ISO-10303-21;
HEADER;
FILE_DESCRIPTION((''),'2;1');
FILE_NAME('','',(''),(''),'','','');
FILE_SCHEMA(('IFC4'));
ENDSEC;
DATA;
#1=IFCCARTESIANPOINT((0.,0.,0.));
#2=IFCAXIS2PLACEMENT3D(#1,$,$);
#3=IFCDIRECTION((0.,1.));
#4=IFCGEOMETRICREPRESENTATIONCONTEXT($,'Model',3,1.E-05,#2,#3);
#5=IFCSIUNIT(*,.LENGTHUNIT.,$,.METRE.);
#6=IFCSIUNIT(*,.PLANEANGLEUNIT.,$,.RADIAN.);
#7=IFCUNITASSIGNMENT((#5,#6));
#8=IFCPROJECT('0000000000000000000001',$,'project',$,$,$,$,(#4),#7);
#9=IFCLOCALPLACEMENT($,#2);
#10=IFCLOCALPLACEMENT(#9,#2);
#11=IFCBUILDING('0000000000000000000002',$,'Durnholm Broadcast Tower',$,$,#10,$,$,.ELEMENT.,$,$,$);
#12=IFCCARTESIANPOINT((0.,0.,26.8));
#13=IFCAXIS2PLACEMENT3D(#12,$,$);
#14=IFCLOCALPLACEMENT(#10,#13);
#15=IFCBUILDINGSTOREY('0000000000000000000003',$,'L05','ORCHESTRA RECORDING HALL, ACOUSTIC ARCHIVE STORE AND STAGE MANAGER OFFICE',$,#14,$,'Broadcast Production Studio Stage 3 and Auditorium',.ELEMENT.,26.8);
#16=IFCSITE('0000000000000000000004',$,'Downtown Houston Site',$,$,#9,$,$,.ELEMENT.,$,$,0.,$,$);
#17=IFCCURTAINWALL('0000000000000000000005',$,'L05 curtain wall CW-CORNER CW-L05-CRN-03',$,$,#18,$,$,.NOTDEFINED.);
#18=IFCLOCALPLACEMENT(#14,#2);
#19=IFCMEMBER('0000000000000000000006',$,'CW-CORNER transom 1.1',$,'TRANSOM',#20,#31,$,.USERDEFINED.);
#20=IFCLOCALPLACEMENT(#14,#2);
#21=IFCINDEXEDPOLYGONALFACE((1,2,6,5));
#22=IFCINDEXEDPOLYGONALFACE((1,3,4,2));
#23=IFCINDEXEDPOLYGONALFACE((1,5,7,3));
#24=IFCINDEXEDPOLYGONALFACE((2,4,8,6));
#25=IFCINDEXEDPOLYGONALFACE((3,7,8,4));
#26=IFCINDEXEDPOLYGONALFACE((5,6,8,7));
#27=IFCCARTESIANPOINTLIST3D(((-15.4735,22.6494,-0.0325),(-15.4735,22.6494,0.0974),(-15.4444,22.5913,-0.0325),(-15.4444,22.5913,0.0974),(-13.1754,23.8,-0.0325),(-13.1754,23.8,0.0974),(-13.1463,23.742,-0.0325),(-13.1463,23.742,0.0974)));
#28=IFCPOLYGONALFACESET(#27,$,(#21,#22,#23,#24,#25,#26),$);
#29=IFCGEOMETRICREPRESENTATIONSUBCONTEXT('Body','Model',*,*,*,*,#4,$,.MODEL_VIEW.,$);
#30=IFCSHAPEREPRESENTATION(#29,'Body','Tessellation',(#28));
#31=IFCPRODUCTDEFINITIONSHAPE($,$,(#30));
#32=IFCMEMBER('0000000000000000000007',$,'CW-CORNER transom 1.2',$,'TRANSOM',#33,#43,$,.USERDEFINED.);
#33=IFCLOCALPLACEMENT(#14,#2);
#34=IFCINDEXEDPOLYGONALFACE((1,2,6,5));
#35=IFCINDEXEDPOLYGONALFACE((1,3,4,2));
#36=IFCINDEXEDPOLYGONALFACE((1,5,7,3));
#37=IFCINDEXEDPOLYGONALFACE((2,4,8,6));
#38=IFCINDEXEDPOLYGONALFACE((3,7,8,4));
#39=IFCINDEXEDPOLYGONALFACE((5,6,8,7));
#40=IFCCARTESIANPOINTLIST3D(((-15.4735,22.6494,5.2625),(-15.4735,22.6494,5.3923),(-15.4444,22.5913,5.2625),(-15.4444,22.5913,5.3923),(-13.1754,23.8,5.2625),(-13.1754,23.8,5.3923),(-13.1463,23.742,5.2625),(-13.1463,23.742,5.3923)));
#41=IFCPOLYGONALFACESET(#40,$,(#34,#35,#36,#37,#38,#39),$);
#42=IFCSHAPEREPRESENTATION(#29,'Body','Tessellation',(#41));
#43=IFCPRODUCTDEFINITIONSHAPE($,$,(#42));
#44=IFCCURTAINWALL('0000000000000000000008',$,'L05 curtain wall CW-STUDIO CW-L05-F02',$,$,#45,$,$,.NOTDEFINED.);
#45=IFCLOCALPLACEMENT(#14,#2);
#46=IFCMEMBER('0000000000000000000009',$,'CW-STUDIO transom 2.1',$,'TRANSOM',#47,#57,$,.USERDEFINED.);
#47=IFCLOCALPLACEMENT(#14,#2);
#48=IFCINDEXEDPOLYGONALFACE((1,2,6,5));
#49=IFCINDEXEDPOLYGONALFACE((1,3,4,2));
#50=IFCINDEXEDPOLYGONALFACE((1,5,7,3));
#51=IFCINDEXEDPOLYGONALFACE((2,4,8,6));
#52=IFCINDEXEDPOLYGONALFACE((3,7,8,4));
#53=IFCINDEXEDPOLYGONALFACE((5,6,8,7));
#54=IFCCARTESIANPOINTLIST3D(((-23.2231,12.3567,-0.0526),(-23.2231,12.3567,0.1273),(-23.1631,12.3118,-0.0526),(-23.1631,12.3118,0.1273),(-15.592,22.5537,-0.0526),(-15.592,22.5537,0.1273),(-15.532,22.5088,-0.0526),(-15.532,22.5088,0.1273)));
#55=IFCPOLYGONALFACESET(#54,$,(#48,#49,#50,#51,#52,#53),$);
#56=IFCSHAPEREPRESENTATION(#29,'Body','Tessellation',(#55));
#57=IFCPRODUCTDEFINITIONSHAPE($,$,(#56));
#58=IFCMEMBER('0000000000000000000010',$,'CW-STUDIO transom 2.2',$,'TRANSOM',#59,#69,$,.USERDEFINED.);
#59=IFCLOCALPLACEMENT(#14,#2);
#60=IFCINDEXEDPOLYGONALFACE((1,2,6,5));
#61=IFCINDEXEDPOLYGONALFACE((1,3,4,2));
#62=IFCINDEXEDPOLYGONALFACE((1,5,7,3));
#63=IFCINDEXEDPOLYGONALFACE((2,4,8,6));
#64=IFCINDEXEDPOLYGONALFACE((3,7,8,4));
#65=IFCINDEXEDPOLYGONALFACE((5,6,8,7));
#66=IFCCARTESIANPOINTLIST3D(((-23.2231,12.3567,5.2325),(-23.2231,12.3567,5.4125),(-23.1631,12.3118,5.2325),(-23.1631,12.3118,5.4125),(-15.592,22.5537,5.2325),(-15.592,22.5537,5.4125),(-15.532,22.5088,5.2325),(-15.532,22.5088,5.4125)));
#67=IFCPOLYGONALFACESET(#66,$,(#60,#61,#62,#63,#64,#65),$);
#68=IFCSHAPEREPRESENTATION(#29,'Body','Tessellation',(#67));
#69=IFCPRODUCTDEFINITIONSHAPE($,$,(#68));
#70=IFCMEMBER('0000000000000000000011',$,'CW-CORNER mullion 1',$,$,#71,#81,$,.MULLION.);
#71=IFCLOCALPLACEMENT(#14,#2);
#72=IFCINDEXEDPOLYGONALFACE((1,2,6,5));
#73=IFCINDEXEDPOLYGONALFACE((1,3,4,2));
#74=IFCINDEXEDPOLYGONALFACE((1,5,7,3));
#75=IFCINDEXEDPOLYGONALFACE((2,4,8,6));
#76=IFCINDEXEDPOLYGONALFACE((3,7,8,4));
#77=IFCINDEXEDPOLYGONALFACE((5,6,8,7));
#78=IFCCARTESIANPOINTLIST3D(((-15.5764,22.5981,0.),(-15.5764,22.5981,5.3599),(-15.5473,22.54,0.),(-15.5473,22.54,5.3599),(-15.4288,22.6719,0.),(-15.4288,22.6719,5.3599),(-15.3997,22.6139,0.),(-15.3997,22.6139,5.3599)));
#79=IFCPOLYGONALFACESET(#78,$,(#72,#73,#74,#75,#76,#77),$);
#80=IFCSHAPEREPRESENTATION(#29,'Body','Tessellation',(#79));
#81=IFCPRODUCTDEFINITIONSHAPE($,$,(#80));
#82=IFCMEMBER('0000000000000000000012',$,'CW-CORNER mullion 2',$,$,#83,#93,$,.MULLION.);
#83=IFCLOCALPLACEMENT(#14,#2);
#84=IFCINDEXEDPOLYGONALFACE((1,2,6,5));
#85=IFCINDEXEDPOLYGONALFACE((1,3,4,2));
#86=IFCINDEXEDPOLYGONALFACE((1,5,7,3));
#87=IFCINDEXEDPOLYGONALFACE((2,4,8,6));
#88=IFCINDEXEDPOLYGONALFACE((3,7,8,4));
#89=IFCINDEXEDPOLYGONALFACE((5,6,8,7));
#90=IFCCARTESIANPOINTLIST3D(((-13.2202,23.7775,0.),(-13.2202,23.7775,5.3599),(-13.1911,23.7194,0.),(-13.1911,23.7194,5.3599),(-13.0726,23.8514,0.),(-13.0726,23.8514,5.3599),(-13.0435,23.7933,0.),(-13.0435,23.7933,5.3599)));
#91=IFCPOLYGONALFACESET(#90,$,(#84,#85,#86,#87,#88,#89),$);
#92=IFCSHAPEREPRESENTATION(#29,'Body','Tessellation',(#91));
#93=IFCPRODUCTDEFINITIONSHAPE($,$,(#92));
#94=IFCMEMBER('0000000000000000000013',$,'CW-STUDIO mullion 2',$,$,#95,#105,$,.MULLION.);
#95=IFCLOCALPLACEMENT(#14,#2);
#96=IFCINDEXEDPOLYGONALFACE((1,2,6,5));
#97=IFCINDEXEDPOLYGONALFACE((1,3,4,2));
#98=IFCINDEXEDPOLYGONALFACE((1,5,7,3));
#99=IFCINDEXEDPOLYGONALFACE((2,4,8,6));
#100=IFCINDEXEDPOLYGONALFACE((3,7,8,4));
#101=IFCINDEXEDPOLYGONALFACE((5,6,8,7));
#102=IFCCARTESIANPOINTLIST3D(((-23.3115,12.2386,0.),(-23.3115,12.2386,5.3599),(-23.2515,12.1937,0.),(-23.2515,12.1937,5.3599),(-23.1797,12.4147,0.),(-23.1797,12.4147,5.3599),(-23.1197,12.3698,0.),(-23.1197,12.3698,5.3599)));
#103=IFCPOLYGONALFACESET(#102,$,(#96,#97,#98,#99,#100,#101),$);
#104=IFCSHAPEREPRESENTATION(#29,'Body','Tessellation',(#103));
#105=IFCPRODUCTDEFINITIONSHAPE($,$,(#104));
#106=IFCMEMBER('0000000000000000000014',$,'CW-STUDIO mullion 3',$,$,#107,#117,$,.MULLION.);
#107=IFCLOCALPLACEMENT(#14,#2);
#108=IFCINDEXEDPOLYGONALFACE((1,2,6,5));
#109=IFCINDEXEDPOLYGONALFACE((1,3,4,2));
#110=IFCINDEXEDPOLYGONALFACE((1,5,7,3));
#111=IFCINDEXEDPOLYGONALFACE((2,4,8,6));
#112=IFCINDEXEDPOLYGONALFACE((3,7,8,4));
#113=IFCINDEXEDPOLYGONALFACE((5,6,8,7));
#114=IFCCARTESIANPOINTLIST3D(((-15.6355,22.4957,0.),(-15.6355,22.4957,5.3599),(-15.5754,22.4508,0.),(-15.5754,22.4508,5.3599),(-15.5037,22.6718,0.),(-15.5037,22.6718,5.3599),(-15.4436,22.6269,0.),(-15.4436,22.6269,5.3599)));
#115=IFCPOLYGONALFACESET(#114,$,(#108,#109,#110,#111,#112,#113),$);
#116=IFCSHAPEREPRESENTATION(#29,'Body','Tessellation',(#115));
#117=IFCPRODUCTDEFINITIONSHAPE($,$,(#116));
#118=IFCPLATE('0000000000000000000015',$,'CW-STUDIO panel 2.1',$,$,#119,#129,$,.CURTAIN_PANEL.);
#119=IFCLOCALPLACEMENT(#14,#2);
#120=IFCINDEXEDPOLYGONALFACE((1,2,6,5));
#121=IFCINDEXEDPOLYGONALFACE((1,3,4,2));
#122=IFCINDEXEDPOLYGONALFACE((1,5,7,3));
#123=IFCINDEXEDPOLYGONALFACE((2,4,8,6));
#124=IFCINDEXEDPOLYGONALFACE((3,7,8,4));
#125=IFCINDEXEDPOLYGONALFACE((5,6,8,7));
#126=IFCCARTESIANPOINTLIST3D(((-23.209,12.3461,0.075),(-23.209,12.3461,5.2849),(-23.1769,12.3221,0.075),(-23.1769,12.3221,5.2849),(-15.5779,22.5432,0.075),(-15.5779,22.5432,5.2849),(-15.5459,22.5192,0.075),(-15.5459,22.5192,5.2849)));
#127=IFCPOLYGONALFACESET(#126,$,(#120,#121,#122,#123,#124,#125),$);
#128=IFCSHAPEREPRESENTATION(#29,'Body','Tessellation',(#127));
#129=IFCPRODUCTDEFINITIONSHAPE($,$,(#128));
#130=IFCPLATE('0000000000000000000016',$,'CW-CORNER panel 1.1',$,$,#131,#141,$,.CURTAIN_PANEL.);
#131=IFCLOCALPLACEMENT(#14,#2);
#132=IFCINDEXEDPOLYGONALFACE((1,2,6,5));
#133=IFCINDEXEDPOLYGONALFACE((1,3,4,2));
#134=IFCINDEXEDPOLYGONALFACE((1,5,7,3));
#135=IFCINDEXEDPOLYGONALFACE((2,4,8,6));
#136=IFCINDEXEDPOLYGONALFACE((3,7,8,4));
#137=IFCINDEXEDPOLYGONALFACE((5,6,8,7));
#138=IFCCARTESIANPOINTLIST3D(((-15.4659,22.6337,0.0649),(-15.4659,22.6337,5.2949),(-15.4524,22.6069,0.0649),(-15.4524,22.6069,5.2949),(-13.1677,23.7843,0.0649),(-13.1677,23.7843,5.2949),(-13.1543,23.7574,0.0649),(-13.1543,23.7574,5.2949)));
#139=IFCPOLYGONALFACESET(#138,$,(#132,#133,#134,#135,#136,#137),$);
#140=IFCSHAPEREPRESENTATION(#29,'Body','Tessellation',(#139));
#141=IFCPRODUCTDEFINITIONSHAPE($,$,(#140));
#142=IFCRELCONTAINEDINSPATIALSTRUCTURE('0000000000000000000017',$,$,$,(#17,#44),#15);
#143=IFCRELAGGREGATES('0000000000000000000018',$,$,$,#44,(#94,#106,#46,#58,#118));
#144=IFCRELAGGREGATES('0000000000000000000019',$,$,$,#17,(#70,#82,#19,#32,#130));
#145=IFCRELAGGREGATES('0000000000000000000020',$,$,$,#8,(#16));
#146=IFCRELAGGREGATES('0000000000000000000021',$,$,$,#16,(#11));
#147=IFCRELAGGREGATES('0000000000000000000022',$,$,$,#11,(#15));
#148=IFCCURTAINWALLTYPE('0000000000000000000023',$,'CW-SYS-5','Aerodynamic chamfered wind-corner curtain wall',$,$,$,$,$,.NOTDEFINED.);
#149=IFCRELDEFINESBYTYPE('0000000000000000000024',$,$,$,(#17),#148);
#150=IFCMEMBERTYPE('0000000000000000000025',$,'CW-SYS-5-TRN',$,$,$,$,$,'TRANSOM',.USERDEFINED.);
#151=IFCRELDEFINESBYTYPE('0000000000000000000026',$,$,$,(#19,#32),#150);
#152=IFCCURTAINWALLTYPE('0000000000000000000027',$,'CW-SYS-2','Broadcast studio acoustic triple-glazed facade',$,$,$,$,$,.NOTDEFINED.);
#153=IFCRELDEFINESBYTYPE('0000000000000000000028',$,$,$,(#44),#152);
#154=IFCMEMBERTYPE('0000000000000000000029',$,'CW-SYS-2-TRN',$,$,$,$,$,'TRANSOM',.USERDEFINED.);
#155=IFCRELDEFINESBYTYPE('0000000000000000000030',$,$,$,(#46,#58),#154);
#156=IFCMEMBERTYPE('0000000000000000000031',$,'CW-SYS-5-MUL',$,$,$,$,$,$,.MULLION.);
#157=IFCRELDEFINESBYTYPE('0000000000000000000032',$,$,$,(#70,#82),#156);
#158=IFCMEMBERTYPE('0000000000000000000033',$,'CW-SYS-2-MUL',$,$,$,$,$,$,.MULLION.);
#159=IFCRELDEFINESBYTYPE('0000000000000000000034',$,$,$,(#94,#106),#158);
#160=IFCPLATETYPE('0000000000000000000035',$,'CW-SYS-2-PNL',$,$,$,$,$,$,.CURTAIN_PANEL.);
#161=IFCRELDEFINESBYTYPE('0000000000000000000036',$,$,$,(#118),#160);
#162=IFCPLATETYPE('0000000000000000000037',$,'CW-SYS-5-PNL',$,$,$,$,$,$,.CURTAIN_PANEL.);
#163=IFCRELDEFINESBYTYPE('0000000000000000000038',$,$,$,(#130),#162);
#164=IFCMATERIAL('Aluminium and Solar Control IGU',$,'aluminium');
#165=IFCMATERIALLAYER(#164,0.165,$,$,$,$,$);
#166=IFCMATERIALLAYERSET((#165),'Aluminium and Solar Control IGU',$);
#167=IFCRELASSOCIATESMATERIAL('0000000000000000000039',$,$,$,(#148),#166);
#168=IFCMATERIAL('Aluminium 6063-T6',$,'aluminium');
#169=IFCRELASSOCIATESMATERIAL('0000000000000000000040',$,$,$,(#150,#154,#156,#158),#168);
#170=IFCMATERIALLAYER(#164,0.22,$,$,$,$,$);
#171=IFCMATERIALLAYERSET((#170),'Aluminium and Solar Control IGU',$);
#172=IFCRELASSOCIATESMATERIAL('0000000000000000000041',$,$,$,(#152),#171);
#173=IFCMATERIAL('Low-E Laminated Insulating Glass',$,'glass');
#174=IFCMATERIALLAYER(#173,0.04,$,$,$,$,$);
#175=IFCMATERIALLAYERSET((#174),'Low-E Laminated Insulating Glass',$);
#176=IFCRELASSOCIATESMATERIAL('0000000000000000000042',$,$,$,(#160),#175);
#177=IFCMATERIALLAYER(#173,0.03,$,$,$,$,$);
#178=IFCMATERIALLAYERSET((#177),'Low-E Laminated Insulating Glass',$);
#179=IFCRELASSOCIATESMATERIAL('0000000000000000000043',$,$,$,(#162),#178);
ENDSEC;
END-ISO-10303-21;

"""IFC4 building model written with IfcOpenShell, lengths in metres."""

from ifc_helpers import new_model, si_unit, direction, frame, origin, origin_2d, place, context, subcontext, project, spatial, rectangle, extrude, source, transform, mapped, material, layer, layer_set, material_profile, profile_set, type_object, type_shapes, element, aggregate, save


model = new_model("IFC4")

# Units and contexts
model_context = context("Model", 3, precision=1e-05, world=origin(), true_north=direction((0.0, 1.0)))
body_context = subcontext(model_context, "Body", "Model", "MODEL_VIEW")
ifc_project = project(units=[si_unit("LENGTHUNIT", "METRE"), si_unit("PLANEANGLEUNIT", "RADIAN")], contexts=[model_context])

# Site, building, storey
site_placement = place(None, origin())
site = spatial("IfcSite", under=ifc_project, at=site_placement, Name="Downtown Houston Site", CompositionType="ELEMENT", RefElevation=0.0)
building_placement = place(site_placement, origin())
building = spatial("IfcBuilding", under=site, at=building_placement, Name="Durnholm Broadcast Tower", CompositionType="ELEMENT")
storey_placement = place(building_placement, frame((0.0, 0.0, 26.8)))
storey = spatial("IfcBuildingStorey", under=building, at=storey_placement, Name="L05", Description="ORCHESTRA RECORDING HALL, ACOUSTIC ARCHIVE STORE AND STAGE MANAGER OFFICE", LongName="Broadcast Production Studio Stage 3 and Auditorium", CompositionType="ELEMENT", Elevation=26.8)

# Curtain walls, members
ifc_material_1 = material(Name="Aluminium and Solar Control IGU", Category="aluminium")
ifc_layer_1 = layer(ifc_material_1, 0.165)
ifc_layer_set_1 = layer_set([ifc_layer_1], Name="Aluminium and Solar Control IGU")
curtain_wall_type_1 = type_object("IfcCurtainWallType", Name="CW-SYS-5", Description="Aerodynamic chamfered wind-corner curtain wall", PredefinedType="NOTDEFINED", material=ifc_layer_set_1)
curtain_wall_1_placement = place(storey_placement, origin())
curtain_wall_1 = element("IfcCurtainWall", 1, at=curtain_wall_1_placement, inside=storey, type_object=curtain_wall_type_1, Name="L05 curtain wall CW-CORNER CW-L05-CRN-03", PredefinedType="NOTDEFINED")
ifc_material_2 = material(Name="Aluminium 6063-T6", Category="aluminium")
ifc_material_profile_1 = material_profile(ifc_material_2, rectangle(XDim=0.0649, YDim=0.1299, at=origin_2d()), Name="CWT65X130")
ifc_profile_set_1 = profile_set([ifc_material_profile_1], Name="Aluminium 6063-T6")
member_type_1 = type_object("IfcMemberType", Name="CW-SYS-5-TRN", ElementType="TRANSOM", PredefinedType="USERDEFINED", material=ifc_profile_set_1)
shared_shape_1 = source(origin(), body_context, "Body", "SweptSolid", [
    extrude(rectangle(XDim=0.0649, YDim=0.1299, at=origin_2d()), origin(), (0.0, 0.0, 1.0), 2.5701),
])
type_shapes(member_type_1, [shared_shape_1])
member_1_placement = place(storey_placement, frame((-15.459, 22.6204, 0.0325), z_axis=(0.89418, 0.447707, 0.0), x_axis=(-0.447707, 0.89418, 0.0)))
member_1 = element("IfcMember", 2, at=member_1_placement, type_object=member_type_1, Name="CW-CORNER transom 1.1", ObjectType="TRANSOM", PredefinedType="USERDEFINED", context=body_context, shape_type="MappedRepresentation", body=[
    mapped(shared_shape_1, transform((0.0, 0.0, 0.0), x_axis=(1.0, 0.0, 0.0), y_axis=(0.0, 1.0, 0.0), z_axis=(0.0, 0.0, 1.0), scale=1.0)),
])
member_2_placement = place(storey_placement, frame((-15.459, 22.6204, 5.3274), z_axis=(0.89418, 0.447707, 0.0), x_axis=(-0.447707, 0.89418, 0.0)))
member_2 = element("IfcMember", 3, at=member_2_placement, type_object=member_type_1, Name="CW-CORNER transom 1.2", ObjectType="TRANSOM", PredefinedType="USERDEFINED", context=body_context, shape_type="MappedRepresentation", body=[
    mapped(shared_shape_1, transform((0.0, 0.0, 0.0), x_axis=(1.0, 0.0, 0.0), y_axis=(0.0, 1.0, 0.0), z_axis=(0.0, 0.0, 1.0), scale=1.0)),
])
ifc_layer_2 = layer(ifc_material_1, 0.22)
ifc_layer_set_2 = layer_set([ifc_layer_2], Name="Aluminium and Solar Control IGU")
curtain_wall_type_2 = type_object("IfcCurtainWallType", Name="CW-SYS-2", Description="Broadcast studio acoustic triple-glazed facade", PredefinedType="NOTDEFINED", material=ifc_layer_set_2)
curtain_wall_2_placement = place(storey_placement, origin())
curtain_wall_2 = element("IfcCurtainWall", 4, at=curtain_wall_2_placement, inside=storey, type_object=curtain_wall_type_2, Name="L05 curtain wall CW-STUDIO CW-L05-F02", PredefinedType="NOTDEFINED")
ifc_material_profile_2 = material_profile(ifc_material_2, rectangle(XDim=0.075, YDim=0.1799, at=origin_2d()), Name="CWT75X180")
ifc_profile_set_2 = profile_set([ifc_material_profile_2], Name="Aluminium 6063-T6")
member_type_2 = type_object("IfcMemberType", Name="CW-SYS-2-TRN", ElementType="TRANSOM", PredefinedType="USERDEFINED", material=ifc_profile_set_2)
shared_shape_2 = source(origin(), body_context, "Body", "SweptSolid", [
    extrude(rectangle(XDim=0.075, YDim=0.1799, at=origin_2d()), origin(), (0.0, 0.0, 1.0), 12.7363),
])
type_shapes(member_type_2, [shared_shape_2])
member_3_placement = place(storey_placement, frame((-23.1931, 12.3342, 0.0374), z_axis=(0.599162, 0.800628, 0.0), x_axis=(-0.800628, 0.599162, 0.0)))
member_3 = element("IfcMember", 5, at=member_3_placement, type_object=member_type_2, Name="CW-STUDIO transom 2.1", ObjectType="TRANSOM", PredefinedType="USERDEFINED", context=body_context, shape_type="MappedRepresentation", body=[
    mapped(shared_shape_2, transform((0.0, 0.0, 0.0), x_axis=(1.0, 0.0, 0.0), y_axis=(0.0, 1.0, 0.0), z_axis=(0.0, 0.0, 1.0), scale=1.0)),
])
member_4_placement = place(storey_placement, frame((-23.1931, 12.3342, 5.3225), z_axis=(0.599162, 0.800628, 0.0), x_axis=(-0.800628, 0.599162, 0.0)))
member_4 = element("IfcMember", 6, at=member_4_placement, type_object=member_type_2, Name="CW-STUDIO transom 2.2", ObjectType="TRANSOM", PredefinedType="USERDEFINED", context=body_context, shape_type="MappedRepresentation", body=[
    mapped(shared_shape_2, transform((0.0, 0.0, 0.0), x_axis=(1.0, 0.0, 0.0), y_axis=(0.0, 1.0, 0.0), z_axis=(0.0, 0.0, 1.0), scale=1.0)),
])

# Members
ifc_material_profile_3 = material_profile(ifc_material_2, rectangle(XDim=0.0649, YDim=0.165, at=origin_2d()), Name="CWM65X165")
ifc_profile_set_3 = profile_set([ifc_material_profile_3], Name="Aluminium 6063-T6")
member_type_3 = type_object("IfcMemberType", Name="CW-SYS-5-MUL", PredefinedType="MULLION", material=ifc_profile_set_3)
shared_shape_3 = source(origin(), body_context, "Body", "SweptSolid", [
    extrude(rectangle(XDim=0.0649, YDim=0.165, at=origin_2d()), origin(), (0.0, 0.0, 1.0), 5.3599),
])
type_shapes(member_type_3, [shared_shape_3])
member_5_placement = place(storey_placement, frame((-15.488, 22.606, 0.0), z_axis=(0.0, 0.0, 1.0), x_axis=(-0.447673, 0.894197, 0.0)))
member_5 = element("IfcMember", 7, at=member_5_placement, type_object=member_type_3, Name="CW-CORNER mullion 1", PredefinedType="MULLION", context=body_context, shape_type="MappedRepresentation", body=[
    mapped(shared_shape_3, transform((0.0, 0.0, 0.0), x_axis=(1.0, 0.0, 0.0), y_axis=(0.0, 1.0, 0.0), z_axis=(0.0, 0.0, 1.0), scale=1.0)),
])
member_6_placement = place(storey_placement, frame((-13.1318, 23.7854, 0.0), z_axis=(0.0, 0.0, 1.0), x_axis=(-0.447673, 0.894197, 0.0)))
member_6 = element("IfcMember", 8, at=member_6_placement, type_object=member_type_3, Name="CW-CORNER mullion 2", PredefinedType="MULLION", context=body_context, shape_type="MappedRepresentation", body=[
    mapped(shared_shape_3, transform((0.0, 0.0, 0.0), x_axis=(1.0, 0.0, 0.0), y_axis=(0.0, 1.0, 0.0), z_axis=(0.0, 0.0, 1.0), scale=1.0)),
])
ifc_material_profile_4 = material_profile(ifc_material_2, rectangle(XDim=0.075, YDim=0.22, at=origin_2d()), Name="CWM75X220")
ifc_profile_set_4 = profile_set([ifc_material_profile_4], Name="Aluminium 6063-T6")
member_type_4 = type_object("IfcMemberType", Name="CW-SYS-2-MUL", PredefinedType="MULLION", material=ifc_profile_set_4)
shared_shape_4 = source(origin(), body_context, "Body", "SweptSolid", [
    extrude(rectangle(XDim=0.075, YDim=0.22, at=origin_2d()), origin(), (0.0, 0.0, 1.0), 5.3599),
])
type_shapes(member_type_4, [shared_shape_4])
member_7_placement = place(storey_placement, frame((-23.2156, 12.3042, 0.0), z_axis=(0.0, 0.0, 1.0), x_axis=(-0.800632, 0.599157, 0.0)))
member_7 = element("IfcMember", 9, at=member_7_placement, type_object=member_type_4, Name="CW-STUDIO mullion 2", PredefinedType="MULLION", context=body_context, shape_type="MappedRepresentation", body=[
    mapped(shared_shape_4, transform((0.0, 0.0, 0.0), x_axis=(1.0, 0.0, 0.0), y_axis=(0.0, 1.0, 0.0), z_axis=(0.0, 0.0, 1.0), scale=1.0)),
])
member_8_placement = place(storey_placement, frame((-15.5396, 22.5613, 0.0), z_axis=(0.0, 0.0, 1.0), x_axis=(-0.800632, 0.599157, 0.0)))
member_8 = element("IfcMember", 10, at=member_8_placement, type_object=member_type_4, Name="CW-STUDIO mullion 3", PredefinedType="MULLION", context=body_context, shape_type="MappedRepresentation", body=[
    mapped(shared_shape_4, transform((0.0, 0.0, 0.0), x_axis=(1.0, 0.0, 0.0), y_axis=(0.0, 1.0, 0.0), z_axis=(0.0, 0.0, 1.0), scale=1.0)),
])

# Plates
ifc_material_3 = material(Name="Low-E Laminated Insulating Glass", Category="glass")
ifc_layer_3 = layer(ifc_material_3, 0.04)
ifc_layer_set_3 = layer_set([ifc_layer_3], Name="Low-E Laminated Insulating Glass")
plate_type_1 = type_object("IfcPlateType", Name="CW-SYS-2-PNL", PredefinedType="CURTAIN_PANEL", material=ifc_layer_set_3)
shared_shape_5 = source(origin(), body_context, "Body", "SweptSolid", [
    extrude(rectangle(XDim=12.7363, YDim=0.04, at=origin_2d()), origin(), (0.0, 0.0, 1.0), 5.21),
])
type_shapes(plate_type_1, [shared_shape_5])
plate_1_placement = place(storey_placement, frame((-19.3774, 17.4326, 0.075), z_axis=(0.0, 0.0, 1.0), x_axis=(0.599157, 0.800632, 0.0)))
plate_1 = element("IfcPlate", 11, at=plate_1_placement, type_object=plate_type_1, Name="CW-STUDIO panel 2.1", PredefinedType="CURTAIN_PANEL", context=body_context, shape_type="MappedRepresentation", body=[
    mapped(shared_shape_5, transform((0.0, 0.0, 0.0), x_axis=(1.0, 0.0, 0.0), y_axis=(0.0, 1.0, 0.0), z_axis=(0.0, 0.0, 1.0), scale=1.0)),
])
aggregate(curtain_wall_2, [member_7, member_8, member_3, member_4, plate_1])
ifc_layer_4 = layer(ifc_material_3, 0.03)
ifc_layer_set_4 = layer_set([ifc_layer_4], Name="Low-E Laminated Insulating Glass")
plate_type_2 = type_object("IfcPlateType", Name="CW-SYS-5-PNL", PredefinedType="CURTAIN_PANEL", material=ifc_layer_set_4)
shared_shape_6 = source(origin(), body_context, "Body", "SweptSolid", [
    extrude(rectangle(XDim=2.5701, YDim=0.03, at=origin_2d()), origin(), (0.0, 0.0, 1.0), 5.23),
])
type_shapes(plate_type_2, [shared_shape_6])
plate_2_placement = place(storey_placement, frame((-14.3101, 23.1956, 0.0649), z_axis=(0.0, 0.0, 1.0), x_axis=(0.894197, 0.447673, 0.0)))
plate_2 = element("IfcPlate", 12, at=plate_2_placement, type_object=plate_type_2, Name="CW-CORNER panel 1.1", PredefinedType="CURTAIN_PANEL", context=body_context, shape_type="MappedRepresentation", body=[
    mapped(shared_shape_6, transform((0.0, 0.0, 0.0), x_axis=(1.0, 0.0, 0.0), y_axis=(0.0, 1.0, 0.0), z_axis=(0.0, 0.0, 1.0), scale=1.0)),
])
aggregate(curtain_wall_1, [member_5, member_6, member_1, member_2, plate_2])

save(model, "model.ifc")
